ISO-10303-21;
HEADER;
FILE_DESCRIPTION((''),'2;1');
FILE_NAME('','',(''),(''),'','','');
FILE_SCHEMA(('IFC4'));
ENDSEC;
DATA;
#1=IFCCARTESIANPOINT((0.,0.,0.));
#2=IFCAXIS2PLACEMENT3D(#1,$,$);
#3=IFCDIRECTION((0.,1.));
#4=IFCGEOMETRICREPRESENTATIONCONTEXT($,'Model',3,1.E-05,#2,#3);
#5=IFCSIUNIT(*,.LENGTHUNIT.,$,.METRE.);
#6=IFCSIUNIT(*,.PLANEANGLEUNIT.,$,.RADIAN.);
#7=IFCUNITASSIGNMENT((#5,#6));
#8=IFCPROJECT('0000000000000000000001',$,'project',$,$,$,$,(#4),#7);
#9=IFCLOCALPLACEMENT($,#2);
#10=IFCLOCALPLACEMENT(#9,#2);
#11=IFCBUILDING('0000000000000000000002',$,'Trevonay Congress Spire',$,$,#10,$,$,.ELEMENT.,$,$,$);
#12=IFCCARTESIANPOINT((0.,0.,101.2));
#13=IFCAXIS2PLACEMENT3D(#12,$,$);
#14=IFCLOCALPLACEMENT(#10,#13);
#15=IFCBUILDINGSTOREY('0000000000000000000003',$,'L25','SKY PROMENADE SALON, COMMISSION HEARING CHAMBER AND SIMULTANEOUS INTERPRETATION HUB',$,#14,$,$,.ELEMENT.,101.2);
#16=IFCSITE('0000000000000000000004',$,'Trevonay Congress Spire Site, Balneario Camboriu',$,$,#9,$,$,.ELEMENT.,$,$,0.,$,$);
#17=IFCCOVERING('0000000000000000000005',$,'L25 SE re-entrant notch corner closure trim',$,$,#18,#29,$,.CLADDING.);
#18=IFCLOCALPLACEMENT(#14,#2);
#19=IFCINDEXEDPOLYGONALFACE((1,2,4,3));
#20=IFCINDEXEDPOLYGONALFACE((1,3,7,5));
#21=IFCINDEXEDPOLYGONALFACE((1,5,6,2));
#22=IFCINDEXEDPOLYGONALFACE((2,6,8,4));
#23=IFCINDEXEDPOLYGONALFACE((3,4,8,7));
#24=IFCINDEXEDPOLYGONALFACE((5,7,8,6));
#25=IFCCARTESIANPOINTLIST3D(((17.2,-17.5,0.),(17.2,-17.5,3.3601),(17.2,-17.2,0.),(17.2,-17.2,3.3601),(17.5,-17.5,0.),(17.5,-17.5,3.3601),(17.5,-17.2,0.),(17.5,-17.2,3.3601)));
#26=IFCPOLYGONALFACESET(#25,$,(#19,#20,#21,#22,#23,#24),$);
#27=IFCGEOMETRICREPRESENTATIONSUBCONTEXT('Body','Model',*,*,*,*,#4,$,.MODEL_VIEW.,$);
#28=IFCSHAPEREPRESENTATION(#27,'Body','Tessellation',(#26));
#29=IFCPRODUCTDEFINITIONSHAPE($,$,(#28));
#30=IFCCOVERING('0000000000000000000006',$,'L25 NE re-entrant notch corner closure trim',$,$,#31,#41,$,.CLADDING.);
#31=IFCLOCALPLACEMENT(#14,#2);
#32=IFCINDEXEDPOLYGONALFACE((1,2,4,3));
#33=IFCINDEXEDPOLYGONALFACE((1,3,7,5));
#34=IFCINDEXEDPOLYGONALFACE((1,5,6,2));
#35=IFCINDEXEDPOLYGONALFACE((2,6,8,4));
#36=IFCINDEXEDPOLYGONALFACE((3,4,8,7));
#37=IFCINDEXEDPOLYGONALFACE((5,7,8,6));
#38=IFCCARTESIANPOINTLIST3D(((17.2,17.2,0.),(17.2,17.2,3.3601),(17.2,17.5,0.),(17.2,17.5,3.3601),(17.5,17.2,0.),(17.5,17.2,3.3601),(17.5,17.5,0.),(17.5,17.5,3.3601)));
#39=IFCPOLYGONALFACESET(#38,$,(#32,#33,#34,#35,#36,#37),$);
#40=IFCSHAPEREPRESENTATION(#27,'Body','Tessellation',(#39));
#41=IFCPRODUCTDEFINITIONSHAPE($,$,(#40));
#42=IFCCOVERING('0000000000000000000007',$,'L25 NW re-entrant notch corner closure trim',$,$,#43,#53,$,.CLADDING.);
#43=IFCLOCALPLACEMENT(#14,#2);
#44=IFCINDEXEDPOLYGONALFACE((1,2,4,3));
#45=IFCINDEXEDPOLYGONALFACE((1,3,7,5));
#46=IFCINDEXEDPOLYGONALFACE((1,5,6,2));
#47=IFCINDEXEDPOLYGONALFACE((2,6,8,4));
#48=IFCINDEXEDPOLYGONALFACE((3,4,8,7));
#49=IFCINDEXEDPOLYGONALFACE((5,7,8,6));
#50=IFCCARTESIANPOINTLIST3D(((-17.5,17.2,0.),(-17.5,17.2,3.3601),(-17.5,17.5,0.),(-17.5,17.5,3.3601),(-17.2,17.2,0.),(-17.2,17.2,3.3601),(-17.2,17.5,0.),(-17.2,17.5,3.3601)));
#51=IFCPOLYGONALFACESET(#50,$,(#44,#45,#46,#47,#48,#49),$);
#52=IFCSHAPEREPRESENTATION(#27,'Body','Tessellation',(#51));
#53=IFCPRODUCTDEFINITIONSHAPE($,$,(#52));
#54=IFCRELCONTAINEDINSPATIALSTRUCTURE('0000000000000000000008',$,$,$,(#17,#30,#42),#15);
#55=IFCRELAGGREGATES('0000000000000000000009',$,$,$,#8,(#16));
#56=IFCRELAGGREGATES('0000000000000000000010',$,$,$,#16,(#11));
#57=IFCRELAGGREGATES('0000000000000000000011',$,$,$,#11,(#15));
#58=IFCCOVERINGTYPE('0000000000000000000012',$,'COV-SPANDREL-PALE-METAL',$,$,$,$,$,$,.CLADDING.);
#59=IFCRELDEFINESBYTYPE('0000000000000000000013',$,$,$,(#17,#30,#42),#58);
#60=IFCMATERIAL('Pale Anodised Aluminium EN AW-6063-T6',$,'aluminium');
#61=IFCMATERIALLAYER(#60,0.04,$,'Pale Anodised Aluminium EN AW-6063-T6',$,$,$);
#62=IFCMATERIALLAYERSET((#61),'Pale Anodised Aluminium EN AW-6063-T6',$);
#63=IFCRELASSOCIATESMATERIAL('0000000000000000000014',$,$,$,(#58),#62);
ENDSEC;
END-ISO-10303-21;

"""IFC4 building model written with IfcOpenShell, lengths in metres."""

from ifc_helpers import new_model, si_unit, direction, frame, origin, place, context, subcontext, project, spatial, polyline, outline, extrude, material, layer, layer_set, type_object, element, save


model = new_model("IFC4")

# Units and contexts
model_context = context("Model", 3, precision=1e-05, world=origin(), true_north=direction((0.0, 1.0)))
body_context = subcontext(model_context, "Body", "Model", "MODEL_VIEW")
ifc_project = project(units=[si_unit("LENGTHUNIT", "METRE"), si_unit("PLANEANGLEUNIT", "RADIAN")], contexts=[model_context])

# Site, building, storey
site_placement = place(None, origin())
site = spatial("IfcSite", under=ifc_project, at=site_placement, Name="Trevonay Congress Spire Site, Balneario Camboriu", CompositionType="ELEMENT", RefElevation=0.0)
building_placement = place(site_placement, origin())
building = spatial("IfcBuilding", under=site, at=building_placement, Name="Trevonay Congress Spire", CompositionType="ELEMENT")
storey_placement = place(building_placement, frame((0.0, 0.0, 101.2)))
storey = spatial("IfcBuildingStorey", under=building, at=storey_placement, Name="L25", Description="SKY PROMENADE SALON, COMMISSION HEARING CHAMBER AND SIMULTANEOUS INTERPRETATION HUB", CompositionType="ELEMENT", Elevation=101.2)

# Shared definitions
ifc_material_1 = material(Name="Pale Anodised Aluminium EN AW-6063-T6", Category="aluminium")

# Coverings
ifc_layer_1 = layer(ifc_material_1, 0.04, Name="Pale Anodised Aluminium EN AW-6063-T6")
ifc_layer_set_1 = layer_set([ifc_layer_1], Name="Pale Anodised Aluminium EN AW-6063-T6")
covering_type_1 = type_object("IfcCoveringType", Name="COV-SPANDREL-PALE-METAL", PredefinedType="CLADDING", material=ifc_layer_set_1)
covering_1_placement = place(storey_placement, origin())
element("IfcCovering", 1, at=covering_1_placement, inside=storey, type_object=covering_type_1, Name="L25 SE re-entrant notch corner closure trim", PredefinedType="CLADDING", context=body_context, shape_type="SweptSolid", body=[
    extrude(outline(polyline([(17.2, -17.5), (17.5, -17.5), (17.5, -17.2), (17.2, -17.2), (17.2, -17.5)])), origin(), (0.0, 0.0, 1.0), 3.3601),
])
covering_2_placement = place(storey_placement, origin())
element("IfcCovering", 2, at=covering_2_placement, inside=storey, type_object=covering_type_1, Name="L25 NE re-entrant notch corner closure trim", PredefinedType="CLADDING", context=body_context, shape_type="SweptSolid", body=[
    extrude(outline(polyline([(17.2, 17.2), (17.5, 17.2), (17.5, 17.5), (17.2, 17.5), (17.2, 17.2)])), origin(), (0.0, 0.0, 1.0), 3.3601),
])
covering_3_placement = place(storey_placement, origin())
element("IfcCovering", 3, at=covering_3_placement, inside=storey, type_object=covering_type_1, Name="L25 NW re-entrant notch corner closure trim", PredefinedType="CLADDING", context=body_context, shape_type="SweptSolid", body=[
    extrude(outline(polyline([(-17.5, 17.2), (-17.2, 17.2), (-17.2, 17.5), (-17.5, 17.5), (-17.5, 17.2)])), origin(), (0.0, 0.0, 1.0), 3.3601),
])

save(model, "model.ifc")
